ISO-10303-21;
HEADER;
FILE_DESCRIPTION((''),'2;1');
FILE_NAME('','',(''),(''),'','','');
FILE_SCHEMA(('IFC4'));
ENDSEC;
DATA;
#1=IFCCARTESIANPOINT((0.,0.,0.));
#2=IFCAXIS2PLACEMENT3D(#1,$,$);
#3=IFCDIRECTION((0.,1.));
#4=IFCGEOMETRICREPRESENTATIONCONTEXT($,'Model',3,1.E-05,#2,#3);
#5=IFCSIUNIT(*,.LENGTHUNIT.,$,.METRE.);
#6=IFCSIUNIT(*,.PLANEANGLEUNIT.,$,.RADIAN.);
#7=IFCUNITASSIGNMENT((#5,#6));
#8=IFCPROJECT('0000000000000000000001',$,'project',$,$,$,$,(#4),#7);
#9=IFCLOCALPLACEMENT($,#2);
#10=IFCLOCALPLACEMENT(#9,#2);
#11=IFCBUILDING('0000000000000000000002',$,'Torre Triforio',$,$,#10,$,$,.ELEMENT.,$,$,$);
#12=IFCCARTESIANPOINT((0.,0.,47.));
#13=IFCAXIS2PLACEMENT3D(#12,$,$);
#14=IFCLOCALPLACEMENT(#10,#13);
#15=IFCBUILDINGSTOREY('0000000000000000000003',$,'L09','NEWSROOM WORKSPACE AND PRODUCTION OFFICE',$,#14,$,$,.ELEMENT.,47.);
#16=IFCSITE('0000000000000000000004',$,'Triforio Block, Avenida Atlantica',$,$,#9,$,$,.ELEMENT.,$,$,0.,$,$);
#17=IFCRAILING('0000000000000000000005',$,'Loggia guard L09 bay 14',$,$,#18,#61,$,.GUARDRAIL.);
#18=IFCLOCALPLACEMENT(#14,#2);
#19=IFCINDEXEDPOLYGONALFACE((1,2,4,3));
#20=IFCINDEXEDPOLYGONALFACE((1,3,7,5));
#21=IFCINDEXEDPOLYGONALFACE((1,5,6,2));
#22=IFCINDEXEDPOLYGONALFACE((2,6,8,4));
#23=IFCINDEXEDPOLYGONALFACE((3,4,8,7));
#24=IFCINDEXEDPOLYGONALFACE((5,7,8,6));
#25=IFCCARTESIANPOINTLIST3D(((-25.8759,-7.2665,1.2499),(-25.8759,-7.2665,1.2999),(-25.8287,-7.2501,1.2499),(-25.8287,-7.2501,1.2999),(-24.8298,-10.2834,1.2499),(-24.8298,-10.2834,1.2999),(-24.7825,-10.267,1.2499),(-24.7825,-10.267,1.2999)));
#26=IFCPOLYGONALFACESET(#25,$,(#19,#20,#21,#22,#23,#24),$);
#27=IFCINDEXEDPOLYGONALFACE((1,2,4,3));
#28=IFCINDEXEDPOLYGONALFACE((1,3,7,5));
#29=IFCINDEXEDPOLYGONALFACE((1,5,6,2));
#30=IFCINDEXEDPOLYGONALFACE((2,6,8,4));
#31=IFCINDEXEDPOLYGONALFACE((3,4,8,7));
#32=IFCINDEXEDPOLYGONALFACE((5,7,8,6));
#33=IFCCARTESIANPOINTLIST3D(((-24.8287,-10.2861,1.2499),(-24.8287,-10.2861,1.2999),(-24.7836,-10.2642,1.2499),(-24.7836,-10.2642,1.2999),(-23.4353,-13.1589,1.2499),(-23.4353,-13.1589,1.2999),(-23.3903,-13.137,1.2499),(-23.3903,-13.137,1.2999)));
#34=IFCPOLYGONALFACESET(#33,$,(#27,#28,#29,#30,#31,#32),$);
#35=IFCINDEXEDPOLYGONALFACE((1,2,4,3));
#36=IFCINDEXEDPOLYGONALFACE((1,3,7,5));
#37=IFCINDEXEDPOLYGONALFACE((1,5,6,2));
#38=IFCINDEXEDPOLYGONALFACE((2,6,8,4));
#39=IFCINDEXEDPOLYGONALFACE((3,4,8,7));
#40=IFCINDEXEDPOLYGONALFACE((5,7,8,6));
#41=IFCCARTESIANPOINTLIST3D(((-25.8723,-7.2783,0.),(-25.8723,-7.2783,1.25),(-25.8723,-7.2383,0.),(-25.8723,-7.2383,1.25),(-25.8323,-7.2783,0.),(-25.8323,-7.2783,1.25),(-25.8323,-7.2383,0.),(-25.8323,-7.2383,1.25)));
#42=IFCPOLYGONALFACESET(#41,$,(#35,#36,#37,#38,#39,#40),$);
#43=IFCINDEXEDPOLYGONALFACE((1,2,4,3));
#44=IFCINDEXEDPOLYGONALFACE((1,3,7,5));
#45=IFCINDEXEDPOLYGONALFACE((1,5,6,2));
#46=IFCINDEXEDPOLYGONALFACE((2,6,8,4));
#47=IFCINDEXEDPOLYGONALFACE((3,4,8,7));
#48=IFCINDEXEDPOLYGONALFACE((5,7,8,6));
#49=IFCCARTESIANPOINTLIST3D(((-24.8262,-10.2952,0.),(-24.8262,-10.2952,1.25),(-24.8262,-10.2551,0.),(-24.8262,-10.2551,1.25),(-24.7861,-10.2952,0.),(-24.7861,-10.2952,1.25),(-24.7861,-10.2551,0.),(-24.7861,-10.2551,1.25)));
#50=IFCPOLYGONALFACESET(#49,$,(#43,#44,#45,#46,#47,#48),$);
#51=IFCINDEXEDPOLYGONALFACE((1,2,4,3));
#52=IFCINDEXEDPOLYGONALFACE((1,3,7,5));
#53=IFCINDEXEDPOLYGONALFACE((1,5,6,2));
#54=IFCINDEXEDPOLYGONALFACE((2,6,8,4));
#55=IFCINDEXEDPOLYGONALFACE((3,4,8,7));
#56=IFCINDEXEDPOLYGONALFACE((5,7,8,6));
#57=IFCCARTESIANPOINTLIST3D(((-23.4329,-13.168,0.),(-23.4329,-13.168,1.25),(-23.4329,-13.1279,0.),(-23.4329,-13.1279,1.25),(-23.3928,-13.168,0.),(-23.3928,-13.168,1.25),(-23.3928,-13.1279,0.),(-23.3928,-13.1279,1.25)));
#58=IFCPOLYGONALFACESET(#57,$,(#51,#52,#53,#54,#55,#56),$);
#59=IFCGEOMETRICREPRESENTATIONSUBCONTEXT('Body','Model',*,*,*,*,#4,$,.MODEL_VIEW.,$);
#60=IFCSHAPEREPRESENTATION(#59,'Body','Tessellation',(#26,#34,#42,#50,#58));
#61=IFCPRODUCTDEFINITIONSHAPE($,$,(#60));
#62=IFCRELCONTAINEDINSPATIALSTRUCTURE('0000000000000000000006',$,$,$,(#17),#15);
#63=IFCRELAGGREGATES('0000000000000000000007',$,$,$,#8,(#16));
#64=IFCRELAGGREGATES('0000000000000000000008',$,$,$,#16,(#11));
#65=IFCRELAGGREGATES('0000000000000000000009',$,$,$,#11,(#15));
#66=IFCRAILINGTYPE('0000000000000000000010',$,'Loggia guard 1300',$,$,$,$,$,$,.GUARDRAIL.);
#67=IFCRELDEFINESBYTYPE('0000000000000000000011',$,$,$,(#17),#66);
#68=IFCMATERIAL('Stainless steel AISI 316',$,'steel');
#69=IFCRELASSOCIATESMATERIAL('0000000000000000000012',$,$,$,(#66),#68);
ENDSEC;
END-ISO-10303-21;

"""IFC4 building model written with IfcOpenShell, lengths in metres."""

from ifc_helpers import new_model, si_unit, direction, frame, origin, origin_2d, place, context, subcontext, project, spatial, rectangle, extrude, material, type_object, element, save


model = new_model("IFC4")

# Units and contexts
model_context = context("Model", 3, precision=1e-05, world=origin(), true_north=direction((0.0, 1.0)))
body_context = subcontext(model_context, "Body", "Model", "MODEL_VIEW")
ifc_project = project(units=[si_unit("LENGTHUNIT", "METRE"), si_unit("PLANEANGLEUNIT", "RADIAN")], contexts=[model_context])

# Site, building, storey
site_placement = place(None, origin())
site = spatial("IfcSite", under=ifc_project, at=site_placement, Name="Triforio Block, Avenida Atlantica", CompositionType="ELEMENT", RefElevation=0.0)
building_placement = place(site_placement, origin())
building = spatial("IfcBuilding", under=site, at=building_placement, Name="Torre Triforio", CompositionType="ELEMENT")
storey_placement = place(building_placement, frame((0.0, 0.0, 47.0)))
storey = spatial("IfcBuildingStorey", under=building, at=storey_placement, Name="L09", Description="NEWSROOM WORKSPACE AND PRODUCTION OFFICE", CompositionType="ELEMENT", Elevation=47.0)

# Railing
ifc_material_1 = material(Name="Stainless steel AISI 316", Category="steel")
railing_type = type_object("IfcRailingType", Name="Loggia guard 1300", PredefinedType="GUARDRAIL", material=ifc_material_1)
railing_1_placement = place(storey_placement, frame((-25.8523, -7.2583, 0.0)))
element("IfcRailing", 1, at=railing_1_placement, inside=storey, type_object=railing_type, Name="Loggia guard L09 bay 14", PredefinedType="GUARDRAIL", context=body_context, shape_type="SweptSolid", body=[
    extrude(rectangle(XDim=0.05, YDim=0.05, at=origin_2d()), frame((0.0, 0.0, 1.2749), z_axis=(0.327628, -0.944807, 0.0), x_axis=(0.944807, 0.327628, 0.0)), (0.0, 0.0, 1.0), 3.1931),
    extrude(rectangle(XDim=0.05, YDim=0.05, at=origin_2d()), frame((1.0461, -3.0168, 1.2749), z_axis=(0.436384, -0.89976, 0.0), x_axis=(0.89976, 0.436384, 0.0)), (0.0, 0.0, 1.0), 3.1929),
    extrude(rectangle(XDim=0.04, YDim=0.04, at=origin_2d()), origin(), (0.0, 0.0, 1.0), 1.25),
    extrude(rectangle(XDim=0.04, YDim=0.04, at=origin_2d()), frame((1.0461, -3.0168, 0.0)), (0.0, 0.0, 1.0), 1.25),
    extrude(rectangle(XDim=0.04, YDim=0.04, at=origin_2d()), frame((2.4395, -5.8896, 0.0)), (0.0, 0.0, 1.0), 1.25),
])

save(model, "model.ifc")
